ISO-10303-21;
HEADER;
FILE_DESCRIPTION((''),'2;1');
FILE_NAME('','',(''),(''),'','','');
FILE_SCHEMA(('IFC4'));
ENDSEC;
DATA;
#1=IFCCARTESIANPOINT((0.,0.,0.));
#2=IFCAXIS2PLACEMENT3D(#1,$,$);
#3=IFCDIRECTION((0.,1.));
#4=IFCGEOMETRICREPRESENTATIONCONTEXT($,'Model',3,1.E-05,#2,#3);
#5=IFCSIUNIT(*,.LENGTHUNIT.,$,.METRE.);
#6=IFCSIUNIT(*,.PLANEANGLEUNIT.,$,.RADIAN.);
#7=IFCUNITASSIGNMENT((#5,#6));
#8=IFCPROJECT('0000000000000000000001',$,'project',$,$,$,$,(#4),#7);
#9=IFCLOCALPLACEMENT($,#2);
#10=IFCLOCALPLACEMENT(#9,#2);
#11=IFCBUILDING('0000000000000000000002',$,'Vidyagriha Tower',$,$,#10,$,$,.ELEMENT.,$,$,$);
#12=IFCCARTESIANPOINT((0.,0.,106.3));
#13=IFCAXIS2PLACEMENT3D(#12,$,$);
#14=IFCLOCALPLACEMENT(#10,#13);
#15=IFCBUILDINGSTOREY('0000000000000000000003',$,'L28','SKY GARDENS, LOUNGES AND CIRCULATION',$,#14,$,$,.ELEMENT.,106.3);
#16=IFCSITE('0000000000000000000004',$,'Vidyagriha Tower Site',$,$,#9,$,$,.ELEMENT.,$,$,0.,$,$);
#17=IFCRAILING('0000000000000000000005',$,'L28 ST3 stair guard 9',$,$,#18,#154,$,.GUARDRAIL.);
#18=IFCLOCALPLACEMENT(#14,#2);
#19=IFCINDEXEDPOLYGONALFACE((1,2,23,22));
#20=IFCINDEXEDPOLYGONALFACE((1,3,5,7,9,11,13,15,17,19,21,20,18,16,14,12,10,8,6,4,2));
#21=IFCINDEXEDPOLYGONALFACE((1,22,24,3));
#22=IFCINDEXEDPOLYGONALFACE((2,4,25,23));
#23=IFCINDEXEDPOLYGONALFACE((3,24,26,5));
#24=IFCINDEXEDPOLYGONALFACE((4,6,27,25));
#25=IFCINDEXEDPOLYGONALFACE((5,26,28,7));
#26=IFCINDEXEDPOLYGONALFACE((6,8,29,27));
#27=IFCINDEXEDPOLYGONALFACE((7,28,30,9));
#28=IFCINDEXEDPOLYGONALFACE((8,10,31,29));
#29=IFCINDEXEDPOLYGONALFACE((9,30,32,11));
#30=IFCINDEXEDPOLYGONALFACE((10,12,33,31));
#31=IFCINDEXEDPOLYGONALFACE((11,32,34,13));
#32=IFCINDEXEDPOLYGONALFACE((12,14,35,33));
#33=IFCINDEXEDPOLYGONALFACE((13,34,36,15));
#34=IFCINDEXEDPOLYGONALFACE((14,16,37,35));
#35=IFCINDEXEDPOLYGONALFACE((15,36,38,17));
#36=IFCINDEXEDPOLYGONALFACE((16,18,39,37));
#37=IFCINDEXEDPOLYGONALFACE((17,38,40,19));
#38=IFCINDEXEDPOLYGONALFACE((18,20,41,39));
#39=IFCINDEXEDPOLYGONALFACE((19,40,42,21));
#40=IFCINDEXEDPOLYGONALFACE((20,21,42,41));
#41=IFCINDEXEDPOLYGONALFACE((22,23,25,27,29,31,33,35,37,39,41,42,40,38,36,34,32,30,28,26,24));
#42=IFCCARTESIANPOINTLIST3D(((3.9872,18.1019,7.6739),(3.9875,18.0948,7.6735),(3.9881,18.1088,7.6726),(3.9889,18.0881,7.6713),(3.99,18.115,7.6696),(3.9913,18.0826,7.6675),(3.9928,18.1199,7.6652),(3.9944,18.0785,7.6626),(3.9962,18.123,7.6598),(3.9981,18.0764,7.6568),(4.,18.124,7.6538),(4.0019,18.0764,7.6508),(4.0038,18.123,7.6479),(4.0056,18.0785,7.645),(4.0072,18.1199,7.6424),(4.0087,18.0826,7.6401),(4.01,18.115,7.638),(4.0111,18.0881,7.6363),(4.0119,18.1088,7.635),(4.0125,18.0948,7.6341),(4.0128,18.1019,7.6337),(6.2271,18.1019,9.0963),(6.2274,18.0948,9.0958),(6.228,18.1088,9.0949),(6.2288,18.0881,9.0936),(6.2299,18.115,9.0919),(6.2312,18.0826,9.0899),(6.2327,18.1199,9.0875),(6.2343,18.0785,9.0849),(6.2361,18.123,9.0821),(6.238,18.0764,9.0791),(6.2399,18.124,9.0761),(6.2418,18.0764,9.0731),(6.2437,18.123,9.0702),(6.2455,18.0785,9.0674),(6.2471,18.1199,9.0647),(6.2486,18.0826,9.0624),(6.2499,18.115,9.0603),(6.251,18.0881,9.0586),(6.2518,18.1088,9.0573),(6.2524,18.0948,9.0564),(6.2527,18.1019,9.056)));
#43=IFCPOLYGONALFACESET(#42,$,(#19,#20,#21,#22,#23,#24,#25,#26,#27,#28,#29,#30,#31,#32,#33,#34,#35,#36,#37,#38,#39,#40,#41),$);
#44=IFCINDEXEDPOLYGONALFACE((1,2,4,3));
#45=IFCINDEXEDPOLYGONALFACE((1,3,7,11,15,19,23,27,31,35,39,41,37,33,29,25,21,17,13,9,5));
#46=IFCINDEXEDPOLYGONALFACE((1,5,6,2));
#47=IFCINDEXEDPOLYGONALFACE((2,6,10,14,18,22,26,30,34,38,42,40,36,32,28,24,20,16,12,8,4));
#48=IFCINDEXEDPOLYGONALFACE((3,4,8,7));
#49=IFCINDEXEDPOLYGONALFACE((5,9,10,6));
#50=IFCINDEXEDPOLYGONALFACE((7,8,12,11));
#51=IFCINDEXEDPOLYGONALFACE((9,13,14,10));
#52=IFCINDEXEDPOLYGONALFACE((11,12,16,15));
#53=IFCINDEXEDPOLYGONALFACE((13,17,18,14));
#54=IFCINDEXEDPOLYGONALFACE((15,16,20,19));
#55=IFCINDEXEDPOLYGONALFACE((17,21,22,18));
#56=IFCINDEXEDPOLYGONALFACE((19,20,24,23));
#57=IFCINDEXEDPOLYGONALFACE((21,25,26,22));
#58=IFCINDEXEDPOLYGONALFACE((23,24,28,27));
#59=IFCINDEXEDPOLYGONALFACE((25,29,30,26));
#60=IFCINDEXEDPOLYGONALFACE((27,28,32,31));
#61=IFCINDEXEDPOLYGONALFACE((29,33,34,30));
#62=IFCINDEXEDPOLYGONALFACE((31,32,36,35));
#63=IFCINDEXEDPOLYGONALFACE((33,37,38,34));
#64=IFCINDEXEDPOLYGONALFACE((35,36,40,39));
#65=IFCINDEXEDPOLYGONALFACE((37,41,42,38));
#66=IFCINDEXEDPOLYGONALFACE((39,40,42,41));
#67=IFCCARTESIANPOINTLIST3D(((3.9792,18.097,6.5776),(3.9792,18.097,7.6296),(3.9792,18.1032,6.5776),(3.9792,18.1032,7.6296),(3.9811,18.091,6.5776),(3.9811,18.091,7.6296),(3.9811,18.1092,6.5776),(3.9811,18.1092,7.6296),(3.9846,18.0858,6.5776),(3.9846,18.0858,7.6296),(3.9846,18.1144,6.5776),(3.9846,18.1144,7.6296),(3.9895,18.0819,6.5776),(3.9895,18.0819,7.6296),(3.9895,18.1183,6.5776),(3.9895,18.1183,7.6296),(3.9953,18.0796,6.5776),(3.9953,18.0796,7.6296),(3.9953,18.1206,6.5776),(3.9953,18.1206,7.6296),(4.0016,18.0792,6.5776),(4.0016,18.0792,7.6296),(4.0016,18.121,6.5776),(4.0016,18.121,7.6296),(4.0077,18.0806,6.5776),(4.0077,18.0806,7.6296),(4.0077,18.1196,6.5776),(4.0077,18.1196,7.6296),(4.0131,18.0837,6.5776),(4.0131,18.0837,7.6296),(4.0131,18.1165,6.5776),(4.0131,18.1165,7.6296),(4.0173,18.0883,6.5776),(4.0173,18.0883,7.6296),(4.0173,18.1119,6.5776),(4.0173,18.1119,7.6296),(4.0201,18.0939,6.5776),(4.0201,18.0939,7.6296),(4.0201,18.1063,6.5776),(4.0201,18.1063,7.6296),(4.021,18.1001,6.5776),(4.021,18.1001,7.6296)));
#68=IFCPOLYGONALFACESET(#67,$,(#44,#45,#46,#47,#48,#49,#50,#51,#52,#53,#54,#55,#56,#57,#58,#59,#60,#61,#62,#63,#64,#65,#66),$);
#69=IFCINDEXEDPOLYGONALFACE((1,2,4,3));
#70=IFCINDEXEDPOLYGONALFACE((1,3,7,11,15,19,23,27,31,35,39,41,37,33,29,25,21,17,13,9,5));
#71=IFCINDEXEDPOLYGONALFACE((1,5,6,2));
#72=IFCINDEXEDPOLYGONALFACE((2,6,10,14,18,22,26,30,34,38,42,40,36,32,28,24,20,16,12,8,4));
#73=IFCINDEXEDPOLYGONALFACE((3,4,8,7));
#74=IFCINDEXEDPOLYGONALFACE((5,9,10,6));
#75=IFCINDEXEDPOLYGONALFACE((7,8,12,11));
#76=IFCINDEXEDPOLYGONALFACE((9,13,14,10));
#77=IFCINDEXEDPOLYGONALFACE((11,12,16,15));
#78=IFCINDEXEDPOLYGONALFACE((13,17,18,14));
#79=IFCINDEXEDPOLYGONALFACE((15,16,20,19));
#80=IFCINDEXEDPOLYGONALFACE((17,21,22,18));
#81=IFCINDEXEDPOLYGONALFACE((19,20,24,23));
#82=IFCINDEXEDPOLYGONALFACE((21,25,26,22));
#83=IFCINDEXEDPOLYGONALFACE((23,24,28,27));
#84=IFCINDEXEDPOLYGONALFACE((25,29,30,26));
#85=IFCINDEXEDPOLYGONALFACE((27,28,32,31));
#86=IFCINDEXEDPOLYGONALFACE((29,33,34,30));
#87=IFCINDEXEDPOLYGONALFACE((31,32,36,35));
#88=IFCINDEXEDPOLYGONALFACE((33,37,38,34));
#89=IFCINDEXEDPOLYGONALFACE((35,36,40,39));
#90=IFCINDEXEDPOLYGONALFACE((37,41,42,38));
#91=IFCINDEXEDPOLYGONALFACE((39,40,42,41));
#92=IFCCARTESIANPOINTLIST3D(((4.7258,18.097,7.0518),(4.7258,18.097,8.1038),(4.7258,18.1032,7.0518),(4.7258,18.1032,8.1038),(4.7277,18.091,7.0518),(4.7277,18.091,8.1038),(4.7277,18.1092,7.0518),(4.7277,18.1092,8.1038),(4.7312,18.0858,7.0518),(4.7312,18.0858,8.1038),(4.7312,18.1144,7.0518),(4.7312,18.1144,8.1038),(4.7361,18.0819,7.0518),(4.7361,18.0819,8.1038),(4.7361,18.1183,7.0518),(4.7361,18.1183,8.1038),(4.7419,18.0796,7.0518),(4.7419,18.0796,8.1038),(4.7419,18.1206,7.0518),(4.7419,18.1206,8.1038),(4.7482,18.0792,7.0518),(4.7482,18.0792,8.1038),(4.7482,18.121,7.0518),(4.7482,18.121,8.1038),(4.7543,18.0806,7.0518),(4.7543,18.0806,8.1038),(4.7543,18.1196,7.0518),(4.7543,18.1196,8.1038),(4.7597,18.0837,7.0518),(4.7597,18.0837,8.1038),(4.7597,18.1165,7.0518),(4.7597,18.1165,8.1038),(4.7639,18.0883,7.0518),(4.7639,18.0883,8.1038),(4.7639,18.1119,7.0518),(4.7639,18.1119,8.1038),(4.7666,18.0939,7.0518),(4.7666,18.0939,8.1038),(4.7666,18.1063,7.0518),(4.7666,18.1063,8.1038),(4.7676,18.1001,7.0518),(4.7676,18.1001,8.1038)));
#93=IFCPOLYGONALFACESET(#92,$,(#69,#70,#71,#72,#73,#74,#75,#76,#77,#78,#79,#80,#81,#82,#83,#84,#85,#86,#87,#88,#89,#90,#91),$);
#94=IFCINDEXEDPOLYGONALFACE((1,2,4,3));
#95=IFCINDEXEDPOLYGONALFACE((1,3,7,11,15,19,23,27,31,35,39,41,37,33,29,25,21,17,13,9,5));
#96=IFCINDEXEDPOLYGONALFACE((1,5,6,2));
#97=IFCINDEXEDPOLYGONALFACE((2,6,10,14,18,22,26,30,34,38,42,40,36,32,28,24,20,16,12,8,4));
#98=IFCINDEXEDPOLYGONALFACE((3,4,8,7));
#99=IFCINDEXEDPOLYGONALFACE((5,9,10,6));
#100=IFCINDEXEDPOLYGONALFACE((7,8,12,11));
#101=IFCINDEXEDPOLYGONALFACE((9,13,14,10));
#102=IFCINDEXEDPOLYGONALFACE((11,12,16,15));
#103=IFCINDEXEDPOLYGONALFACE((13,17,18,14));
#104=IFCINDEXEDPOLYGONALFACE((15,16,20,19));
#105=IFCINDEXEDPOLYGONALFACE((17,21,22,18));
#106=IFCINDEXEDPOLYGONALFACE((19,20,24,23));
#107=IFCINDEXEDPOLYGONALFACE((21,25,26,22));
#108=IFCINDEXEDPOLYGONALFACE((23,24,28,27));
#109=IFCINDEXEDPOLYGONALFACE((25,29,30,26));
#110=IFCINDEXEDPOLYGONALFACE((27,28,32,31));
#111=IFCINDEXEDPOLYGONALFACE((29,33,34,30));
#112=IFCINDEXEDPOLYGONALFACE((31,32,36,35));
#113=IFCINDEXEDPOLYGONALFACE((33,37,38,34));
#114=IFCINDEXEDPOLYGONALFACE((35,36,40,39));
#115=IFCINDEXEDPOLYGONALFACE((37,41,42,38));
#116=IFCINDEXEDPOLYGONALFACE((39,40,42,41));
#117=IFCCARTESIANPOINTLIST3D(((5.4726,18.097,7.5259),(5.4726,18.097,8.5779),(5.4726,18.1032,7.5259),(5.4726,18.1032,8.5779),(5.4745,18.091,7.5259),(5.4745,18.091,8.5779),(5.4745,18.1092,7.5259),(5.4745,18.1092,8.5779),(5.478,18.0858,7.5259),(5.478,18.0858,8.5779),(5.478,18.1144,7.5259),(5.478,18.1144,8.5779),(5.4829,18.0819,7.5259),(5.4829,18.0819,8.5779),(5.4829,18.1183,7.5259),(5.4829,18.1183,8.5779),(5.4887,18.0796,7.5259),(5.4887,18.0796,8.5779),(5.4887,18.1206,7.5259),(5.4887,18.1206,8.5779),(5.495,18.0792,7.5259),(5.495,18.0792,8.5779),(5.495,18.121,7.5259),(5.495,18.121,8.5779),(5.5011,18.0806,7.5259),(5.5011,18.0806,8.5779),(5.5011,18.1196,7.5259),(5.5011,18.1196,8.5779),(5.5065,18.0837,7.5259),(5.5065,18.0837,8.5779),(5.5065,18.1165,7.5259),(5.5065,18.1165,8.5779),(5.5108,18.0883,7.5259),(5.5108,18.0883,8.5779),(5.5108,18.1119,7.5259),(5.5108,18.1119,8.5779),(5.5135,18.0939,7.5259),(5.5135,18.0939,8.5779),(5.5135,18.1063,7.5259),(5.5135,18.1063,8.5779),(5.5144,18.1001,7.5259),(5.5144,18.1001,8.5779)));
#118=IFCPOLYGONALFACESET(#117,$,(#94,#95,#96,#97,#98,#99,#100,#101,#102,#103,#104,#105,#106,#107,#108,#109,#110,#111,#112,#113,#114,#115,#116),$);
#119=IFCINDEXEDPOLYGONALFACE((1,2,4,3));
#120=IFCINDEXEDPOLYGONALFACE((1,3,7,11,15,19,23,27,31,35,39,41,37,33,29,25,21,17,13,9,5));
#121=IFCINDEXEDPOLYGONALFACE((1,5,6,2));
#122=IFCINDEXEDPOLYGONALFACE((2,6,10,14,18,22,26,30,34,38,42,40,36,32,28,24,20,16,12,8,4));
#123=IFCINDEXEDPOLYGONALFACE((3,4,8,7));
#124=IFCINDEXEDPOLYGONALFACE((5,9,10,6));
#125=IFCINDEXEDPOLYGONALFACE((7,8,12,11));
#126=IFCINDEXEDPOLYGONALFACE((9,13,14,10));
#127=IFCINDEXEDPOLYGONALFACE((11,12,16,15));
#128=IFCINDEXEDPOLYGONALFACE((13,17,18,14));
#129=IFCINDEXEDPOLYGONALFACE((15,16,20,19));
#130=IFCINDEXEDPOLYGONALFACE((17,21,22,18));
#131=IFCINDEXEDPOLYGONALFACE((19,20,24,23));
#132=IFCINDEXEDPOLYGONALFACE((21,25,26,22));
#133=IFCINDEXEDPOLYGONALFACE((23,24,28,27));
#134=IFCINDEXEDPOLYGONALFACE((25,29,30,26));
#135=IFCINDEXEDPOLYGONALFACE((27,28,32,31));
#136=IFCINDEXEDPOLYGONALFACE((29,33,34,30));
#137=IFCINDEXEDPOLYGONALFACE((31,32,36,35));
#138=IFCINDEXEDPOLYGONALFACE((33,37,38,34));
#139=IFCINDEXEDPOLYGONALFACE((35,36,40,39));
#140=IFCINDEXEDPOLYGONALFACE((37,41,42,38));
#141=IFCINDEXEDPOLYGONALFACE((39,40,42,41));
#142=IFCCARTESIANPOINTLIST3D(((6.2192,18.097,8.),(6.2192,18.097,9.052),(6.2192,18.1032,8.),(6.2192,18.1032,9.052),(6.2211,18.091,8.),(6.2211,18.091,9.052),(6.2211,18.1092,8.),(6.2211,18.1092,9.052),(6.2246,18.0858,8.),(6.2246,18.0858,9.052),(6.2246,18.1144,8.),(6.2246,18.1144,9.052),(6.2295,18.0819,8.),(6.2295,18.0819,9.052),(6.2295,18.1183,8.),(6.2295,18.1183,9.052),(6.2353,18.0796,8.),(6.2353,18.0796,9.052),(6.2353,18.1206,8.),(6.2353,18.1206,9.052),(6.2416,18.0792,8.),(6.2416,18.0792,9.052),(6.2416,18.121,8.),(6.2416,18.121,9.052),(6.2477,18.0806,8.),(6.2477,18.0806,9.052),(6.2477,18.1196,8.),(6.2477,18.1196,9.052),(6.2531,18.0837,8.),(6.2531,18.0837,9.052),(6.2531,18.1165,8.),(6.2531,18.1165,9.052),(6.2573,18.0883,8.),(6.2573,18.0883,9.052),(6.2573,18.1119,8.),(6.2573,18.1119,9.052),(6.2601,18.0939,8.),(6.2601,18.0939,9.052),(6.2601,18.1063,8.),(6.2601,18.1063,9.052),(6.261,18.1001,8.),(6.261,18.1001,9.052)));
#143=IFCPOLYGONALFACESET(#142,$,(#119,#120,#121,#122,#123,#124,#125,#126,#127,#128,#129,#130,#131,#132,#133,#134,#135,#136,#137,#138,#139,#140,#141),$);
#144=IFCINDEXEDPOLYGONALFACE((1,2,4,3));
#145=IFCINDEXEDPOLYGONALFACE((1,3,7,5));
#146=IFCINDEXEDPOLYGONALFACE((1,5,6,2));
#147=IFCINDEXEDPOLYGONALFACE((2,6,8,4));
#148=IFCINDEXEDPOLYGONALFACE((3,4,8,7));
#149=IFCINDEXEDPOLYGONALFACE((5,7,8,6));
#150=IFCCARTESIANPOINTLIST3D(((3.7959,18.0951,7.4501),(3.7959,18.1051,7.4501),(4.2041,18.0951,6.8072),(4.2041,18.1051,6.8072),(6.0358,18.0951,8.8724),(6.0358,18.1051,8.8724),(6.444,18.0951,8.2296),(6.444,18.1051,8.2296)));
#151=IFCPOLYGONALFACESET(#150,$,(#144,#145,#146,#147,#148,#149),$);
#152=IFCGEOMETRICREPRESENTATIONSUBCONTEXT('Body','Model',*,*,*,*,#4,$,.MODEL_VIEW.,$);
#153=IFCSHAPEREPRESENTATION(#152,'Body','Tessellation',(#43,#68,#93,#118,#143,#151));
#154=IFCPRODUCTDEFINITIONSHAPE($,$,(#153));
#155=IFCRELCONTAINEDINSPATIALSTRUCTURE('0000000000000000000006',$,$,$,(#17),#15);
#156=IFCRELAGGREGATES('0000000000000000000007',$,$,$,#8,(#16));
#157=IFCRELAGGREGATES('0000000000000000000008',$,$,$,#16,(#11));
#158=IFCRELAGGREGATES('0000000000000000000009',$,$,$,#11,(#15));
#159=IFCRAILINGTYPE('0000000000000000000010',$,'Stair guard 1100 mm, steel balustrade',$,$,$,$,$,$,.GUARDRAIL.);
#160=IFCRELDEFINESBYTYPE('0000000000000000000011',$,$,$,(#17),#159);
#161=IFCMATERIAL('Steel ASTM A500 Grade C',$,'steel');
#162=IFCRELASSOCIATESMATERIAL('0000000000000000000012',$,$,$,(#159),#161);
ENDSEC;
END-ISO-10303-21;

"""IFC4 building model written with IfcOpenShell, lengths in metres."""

from ifc_helpers import new_model, si_unit, direction, frame, origin, origin_2d, place, context, subcontext, project, spatial, rectangle, circle, extrude, material, type_object, element, save


model = new_model("IFC4")

# Units and contexts
model_context = context("Model", 3, precision=1e-05, world=origin(), true_north=direction((0.0, 1.0)))
body_context = subcontext(model_context, "Body", "Model", "MODEL_VIEW")
ifc_project = project(units=[si_unit("LENGTHUNIT", "METRE"), si_unit("PLANEANGLEUNIT", "RADIAN")], contexts=[model_context])

# Site, building, storey
site_placement = place(None, origin())
site = spatial("IfcSite", under=ifc_project, at=site_placement, Name="Vidyagriha Tower Site", CompositionType="ELEMENT", RefElevation=0.0)
building_placement = place(site_placement, origin())
building = spatial("IfcBuilding", under=site, at=building_placement, Name="Vidyagriha Tower", CompositionType="ELEMENT")
storey_placement = place(building_placement, frame((0.0, 0.0, 106.3)))
storey = spatial("IfcBuildingStorey", under=building, at=storey_placement, Name="L28", Description="SKY GARDENS, LOUNGES AND CIRCULATION", CompositionType="ELEMENT", Elevation=106.3)

# Railing
ifc_material_1 = material(Name="Steel ASTM A500 Grade C", Category="steel")
railing_type_1 = type_object("IfcRailingType", Name="Stair guard 1100 mm, steel balustrade", PredefinedType="GUARDRAIL", material=ifc_material_1)
railing_1_placement = place(storey_placement, frame((4.0, 18.1001, 6.5776)))
element("IfcRailing", 1, at=railing_1_placement, inside=storey, type_object=railing_type_1, Name="L28 ST3 stair guard 9", PredefinedType="GUARDRAIL", context=body_context, shape_type="SweptSolid", body=[
    extrude(circle(Radius=0.0239, at=origin_2d()), frame((0.0, 0.0, 1.0762), z_axis=(0.844188, 0.0, 0.536048), x_axis=(0.0, 1.0, 0.0)), (0.0, 0.0, 1.0), 2.6533),
    extrude(circle(Radius=0.021, at=origin_2d()), origin(), (0.0, 0.0, 1.0), 1.052),
    extrude(circle(Radius=0.021, at=origin_2d()), frame((0.7466, 0.0, 0.4741)), (0.0, 0.0, 1.0), 1.052),
    extrude(circle(Radius=0.021, at=origin_2d()), frame((1.4934, 0.0, 0.9482)), (0.0, 0.0, 1.0), 1.052),
    extrude(circle(Radius=0.021, at=origin_2d()), frame((2.24, 0.0, 1.4224)), (0.0, 0.0, 1.0), 1.052),
    extrude(rectangle(XDim=0.01, YDim=0.7615, at=origin_2d()), frame((0.0, 0.0, 0.551), z_axis=(0.844188, 0.0, 0.536048), x_axis=(0.0, 1.0, 0.0)), (0.0, 0.0, 1.0), 2.6533),
])

save(model, "model.ifc")
